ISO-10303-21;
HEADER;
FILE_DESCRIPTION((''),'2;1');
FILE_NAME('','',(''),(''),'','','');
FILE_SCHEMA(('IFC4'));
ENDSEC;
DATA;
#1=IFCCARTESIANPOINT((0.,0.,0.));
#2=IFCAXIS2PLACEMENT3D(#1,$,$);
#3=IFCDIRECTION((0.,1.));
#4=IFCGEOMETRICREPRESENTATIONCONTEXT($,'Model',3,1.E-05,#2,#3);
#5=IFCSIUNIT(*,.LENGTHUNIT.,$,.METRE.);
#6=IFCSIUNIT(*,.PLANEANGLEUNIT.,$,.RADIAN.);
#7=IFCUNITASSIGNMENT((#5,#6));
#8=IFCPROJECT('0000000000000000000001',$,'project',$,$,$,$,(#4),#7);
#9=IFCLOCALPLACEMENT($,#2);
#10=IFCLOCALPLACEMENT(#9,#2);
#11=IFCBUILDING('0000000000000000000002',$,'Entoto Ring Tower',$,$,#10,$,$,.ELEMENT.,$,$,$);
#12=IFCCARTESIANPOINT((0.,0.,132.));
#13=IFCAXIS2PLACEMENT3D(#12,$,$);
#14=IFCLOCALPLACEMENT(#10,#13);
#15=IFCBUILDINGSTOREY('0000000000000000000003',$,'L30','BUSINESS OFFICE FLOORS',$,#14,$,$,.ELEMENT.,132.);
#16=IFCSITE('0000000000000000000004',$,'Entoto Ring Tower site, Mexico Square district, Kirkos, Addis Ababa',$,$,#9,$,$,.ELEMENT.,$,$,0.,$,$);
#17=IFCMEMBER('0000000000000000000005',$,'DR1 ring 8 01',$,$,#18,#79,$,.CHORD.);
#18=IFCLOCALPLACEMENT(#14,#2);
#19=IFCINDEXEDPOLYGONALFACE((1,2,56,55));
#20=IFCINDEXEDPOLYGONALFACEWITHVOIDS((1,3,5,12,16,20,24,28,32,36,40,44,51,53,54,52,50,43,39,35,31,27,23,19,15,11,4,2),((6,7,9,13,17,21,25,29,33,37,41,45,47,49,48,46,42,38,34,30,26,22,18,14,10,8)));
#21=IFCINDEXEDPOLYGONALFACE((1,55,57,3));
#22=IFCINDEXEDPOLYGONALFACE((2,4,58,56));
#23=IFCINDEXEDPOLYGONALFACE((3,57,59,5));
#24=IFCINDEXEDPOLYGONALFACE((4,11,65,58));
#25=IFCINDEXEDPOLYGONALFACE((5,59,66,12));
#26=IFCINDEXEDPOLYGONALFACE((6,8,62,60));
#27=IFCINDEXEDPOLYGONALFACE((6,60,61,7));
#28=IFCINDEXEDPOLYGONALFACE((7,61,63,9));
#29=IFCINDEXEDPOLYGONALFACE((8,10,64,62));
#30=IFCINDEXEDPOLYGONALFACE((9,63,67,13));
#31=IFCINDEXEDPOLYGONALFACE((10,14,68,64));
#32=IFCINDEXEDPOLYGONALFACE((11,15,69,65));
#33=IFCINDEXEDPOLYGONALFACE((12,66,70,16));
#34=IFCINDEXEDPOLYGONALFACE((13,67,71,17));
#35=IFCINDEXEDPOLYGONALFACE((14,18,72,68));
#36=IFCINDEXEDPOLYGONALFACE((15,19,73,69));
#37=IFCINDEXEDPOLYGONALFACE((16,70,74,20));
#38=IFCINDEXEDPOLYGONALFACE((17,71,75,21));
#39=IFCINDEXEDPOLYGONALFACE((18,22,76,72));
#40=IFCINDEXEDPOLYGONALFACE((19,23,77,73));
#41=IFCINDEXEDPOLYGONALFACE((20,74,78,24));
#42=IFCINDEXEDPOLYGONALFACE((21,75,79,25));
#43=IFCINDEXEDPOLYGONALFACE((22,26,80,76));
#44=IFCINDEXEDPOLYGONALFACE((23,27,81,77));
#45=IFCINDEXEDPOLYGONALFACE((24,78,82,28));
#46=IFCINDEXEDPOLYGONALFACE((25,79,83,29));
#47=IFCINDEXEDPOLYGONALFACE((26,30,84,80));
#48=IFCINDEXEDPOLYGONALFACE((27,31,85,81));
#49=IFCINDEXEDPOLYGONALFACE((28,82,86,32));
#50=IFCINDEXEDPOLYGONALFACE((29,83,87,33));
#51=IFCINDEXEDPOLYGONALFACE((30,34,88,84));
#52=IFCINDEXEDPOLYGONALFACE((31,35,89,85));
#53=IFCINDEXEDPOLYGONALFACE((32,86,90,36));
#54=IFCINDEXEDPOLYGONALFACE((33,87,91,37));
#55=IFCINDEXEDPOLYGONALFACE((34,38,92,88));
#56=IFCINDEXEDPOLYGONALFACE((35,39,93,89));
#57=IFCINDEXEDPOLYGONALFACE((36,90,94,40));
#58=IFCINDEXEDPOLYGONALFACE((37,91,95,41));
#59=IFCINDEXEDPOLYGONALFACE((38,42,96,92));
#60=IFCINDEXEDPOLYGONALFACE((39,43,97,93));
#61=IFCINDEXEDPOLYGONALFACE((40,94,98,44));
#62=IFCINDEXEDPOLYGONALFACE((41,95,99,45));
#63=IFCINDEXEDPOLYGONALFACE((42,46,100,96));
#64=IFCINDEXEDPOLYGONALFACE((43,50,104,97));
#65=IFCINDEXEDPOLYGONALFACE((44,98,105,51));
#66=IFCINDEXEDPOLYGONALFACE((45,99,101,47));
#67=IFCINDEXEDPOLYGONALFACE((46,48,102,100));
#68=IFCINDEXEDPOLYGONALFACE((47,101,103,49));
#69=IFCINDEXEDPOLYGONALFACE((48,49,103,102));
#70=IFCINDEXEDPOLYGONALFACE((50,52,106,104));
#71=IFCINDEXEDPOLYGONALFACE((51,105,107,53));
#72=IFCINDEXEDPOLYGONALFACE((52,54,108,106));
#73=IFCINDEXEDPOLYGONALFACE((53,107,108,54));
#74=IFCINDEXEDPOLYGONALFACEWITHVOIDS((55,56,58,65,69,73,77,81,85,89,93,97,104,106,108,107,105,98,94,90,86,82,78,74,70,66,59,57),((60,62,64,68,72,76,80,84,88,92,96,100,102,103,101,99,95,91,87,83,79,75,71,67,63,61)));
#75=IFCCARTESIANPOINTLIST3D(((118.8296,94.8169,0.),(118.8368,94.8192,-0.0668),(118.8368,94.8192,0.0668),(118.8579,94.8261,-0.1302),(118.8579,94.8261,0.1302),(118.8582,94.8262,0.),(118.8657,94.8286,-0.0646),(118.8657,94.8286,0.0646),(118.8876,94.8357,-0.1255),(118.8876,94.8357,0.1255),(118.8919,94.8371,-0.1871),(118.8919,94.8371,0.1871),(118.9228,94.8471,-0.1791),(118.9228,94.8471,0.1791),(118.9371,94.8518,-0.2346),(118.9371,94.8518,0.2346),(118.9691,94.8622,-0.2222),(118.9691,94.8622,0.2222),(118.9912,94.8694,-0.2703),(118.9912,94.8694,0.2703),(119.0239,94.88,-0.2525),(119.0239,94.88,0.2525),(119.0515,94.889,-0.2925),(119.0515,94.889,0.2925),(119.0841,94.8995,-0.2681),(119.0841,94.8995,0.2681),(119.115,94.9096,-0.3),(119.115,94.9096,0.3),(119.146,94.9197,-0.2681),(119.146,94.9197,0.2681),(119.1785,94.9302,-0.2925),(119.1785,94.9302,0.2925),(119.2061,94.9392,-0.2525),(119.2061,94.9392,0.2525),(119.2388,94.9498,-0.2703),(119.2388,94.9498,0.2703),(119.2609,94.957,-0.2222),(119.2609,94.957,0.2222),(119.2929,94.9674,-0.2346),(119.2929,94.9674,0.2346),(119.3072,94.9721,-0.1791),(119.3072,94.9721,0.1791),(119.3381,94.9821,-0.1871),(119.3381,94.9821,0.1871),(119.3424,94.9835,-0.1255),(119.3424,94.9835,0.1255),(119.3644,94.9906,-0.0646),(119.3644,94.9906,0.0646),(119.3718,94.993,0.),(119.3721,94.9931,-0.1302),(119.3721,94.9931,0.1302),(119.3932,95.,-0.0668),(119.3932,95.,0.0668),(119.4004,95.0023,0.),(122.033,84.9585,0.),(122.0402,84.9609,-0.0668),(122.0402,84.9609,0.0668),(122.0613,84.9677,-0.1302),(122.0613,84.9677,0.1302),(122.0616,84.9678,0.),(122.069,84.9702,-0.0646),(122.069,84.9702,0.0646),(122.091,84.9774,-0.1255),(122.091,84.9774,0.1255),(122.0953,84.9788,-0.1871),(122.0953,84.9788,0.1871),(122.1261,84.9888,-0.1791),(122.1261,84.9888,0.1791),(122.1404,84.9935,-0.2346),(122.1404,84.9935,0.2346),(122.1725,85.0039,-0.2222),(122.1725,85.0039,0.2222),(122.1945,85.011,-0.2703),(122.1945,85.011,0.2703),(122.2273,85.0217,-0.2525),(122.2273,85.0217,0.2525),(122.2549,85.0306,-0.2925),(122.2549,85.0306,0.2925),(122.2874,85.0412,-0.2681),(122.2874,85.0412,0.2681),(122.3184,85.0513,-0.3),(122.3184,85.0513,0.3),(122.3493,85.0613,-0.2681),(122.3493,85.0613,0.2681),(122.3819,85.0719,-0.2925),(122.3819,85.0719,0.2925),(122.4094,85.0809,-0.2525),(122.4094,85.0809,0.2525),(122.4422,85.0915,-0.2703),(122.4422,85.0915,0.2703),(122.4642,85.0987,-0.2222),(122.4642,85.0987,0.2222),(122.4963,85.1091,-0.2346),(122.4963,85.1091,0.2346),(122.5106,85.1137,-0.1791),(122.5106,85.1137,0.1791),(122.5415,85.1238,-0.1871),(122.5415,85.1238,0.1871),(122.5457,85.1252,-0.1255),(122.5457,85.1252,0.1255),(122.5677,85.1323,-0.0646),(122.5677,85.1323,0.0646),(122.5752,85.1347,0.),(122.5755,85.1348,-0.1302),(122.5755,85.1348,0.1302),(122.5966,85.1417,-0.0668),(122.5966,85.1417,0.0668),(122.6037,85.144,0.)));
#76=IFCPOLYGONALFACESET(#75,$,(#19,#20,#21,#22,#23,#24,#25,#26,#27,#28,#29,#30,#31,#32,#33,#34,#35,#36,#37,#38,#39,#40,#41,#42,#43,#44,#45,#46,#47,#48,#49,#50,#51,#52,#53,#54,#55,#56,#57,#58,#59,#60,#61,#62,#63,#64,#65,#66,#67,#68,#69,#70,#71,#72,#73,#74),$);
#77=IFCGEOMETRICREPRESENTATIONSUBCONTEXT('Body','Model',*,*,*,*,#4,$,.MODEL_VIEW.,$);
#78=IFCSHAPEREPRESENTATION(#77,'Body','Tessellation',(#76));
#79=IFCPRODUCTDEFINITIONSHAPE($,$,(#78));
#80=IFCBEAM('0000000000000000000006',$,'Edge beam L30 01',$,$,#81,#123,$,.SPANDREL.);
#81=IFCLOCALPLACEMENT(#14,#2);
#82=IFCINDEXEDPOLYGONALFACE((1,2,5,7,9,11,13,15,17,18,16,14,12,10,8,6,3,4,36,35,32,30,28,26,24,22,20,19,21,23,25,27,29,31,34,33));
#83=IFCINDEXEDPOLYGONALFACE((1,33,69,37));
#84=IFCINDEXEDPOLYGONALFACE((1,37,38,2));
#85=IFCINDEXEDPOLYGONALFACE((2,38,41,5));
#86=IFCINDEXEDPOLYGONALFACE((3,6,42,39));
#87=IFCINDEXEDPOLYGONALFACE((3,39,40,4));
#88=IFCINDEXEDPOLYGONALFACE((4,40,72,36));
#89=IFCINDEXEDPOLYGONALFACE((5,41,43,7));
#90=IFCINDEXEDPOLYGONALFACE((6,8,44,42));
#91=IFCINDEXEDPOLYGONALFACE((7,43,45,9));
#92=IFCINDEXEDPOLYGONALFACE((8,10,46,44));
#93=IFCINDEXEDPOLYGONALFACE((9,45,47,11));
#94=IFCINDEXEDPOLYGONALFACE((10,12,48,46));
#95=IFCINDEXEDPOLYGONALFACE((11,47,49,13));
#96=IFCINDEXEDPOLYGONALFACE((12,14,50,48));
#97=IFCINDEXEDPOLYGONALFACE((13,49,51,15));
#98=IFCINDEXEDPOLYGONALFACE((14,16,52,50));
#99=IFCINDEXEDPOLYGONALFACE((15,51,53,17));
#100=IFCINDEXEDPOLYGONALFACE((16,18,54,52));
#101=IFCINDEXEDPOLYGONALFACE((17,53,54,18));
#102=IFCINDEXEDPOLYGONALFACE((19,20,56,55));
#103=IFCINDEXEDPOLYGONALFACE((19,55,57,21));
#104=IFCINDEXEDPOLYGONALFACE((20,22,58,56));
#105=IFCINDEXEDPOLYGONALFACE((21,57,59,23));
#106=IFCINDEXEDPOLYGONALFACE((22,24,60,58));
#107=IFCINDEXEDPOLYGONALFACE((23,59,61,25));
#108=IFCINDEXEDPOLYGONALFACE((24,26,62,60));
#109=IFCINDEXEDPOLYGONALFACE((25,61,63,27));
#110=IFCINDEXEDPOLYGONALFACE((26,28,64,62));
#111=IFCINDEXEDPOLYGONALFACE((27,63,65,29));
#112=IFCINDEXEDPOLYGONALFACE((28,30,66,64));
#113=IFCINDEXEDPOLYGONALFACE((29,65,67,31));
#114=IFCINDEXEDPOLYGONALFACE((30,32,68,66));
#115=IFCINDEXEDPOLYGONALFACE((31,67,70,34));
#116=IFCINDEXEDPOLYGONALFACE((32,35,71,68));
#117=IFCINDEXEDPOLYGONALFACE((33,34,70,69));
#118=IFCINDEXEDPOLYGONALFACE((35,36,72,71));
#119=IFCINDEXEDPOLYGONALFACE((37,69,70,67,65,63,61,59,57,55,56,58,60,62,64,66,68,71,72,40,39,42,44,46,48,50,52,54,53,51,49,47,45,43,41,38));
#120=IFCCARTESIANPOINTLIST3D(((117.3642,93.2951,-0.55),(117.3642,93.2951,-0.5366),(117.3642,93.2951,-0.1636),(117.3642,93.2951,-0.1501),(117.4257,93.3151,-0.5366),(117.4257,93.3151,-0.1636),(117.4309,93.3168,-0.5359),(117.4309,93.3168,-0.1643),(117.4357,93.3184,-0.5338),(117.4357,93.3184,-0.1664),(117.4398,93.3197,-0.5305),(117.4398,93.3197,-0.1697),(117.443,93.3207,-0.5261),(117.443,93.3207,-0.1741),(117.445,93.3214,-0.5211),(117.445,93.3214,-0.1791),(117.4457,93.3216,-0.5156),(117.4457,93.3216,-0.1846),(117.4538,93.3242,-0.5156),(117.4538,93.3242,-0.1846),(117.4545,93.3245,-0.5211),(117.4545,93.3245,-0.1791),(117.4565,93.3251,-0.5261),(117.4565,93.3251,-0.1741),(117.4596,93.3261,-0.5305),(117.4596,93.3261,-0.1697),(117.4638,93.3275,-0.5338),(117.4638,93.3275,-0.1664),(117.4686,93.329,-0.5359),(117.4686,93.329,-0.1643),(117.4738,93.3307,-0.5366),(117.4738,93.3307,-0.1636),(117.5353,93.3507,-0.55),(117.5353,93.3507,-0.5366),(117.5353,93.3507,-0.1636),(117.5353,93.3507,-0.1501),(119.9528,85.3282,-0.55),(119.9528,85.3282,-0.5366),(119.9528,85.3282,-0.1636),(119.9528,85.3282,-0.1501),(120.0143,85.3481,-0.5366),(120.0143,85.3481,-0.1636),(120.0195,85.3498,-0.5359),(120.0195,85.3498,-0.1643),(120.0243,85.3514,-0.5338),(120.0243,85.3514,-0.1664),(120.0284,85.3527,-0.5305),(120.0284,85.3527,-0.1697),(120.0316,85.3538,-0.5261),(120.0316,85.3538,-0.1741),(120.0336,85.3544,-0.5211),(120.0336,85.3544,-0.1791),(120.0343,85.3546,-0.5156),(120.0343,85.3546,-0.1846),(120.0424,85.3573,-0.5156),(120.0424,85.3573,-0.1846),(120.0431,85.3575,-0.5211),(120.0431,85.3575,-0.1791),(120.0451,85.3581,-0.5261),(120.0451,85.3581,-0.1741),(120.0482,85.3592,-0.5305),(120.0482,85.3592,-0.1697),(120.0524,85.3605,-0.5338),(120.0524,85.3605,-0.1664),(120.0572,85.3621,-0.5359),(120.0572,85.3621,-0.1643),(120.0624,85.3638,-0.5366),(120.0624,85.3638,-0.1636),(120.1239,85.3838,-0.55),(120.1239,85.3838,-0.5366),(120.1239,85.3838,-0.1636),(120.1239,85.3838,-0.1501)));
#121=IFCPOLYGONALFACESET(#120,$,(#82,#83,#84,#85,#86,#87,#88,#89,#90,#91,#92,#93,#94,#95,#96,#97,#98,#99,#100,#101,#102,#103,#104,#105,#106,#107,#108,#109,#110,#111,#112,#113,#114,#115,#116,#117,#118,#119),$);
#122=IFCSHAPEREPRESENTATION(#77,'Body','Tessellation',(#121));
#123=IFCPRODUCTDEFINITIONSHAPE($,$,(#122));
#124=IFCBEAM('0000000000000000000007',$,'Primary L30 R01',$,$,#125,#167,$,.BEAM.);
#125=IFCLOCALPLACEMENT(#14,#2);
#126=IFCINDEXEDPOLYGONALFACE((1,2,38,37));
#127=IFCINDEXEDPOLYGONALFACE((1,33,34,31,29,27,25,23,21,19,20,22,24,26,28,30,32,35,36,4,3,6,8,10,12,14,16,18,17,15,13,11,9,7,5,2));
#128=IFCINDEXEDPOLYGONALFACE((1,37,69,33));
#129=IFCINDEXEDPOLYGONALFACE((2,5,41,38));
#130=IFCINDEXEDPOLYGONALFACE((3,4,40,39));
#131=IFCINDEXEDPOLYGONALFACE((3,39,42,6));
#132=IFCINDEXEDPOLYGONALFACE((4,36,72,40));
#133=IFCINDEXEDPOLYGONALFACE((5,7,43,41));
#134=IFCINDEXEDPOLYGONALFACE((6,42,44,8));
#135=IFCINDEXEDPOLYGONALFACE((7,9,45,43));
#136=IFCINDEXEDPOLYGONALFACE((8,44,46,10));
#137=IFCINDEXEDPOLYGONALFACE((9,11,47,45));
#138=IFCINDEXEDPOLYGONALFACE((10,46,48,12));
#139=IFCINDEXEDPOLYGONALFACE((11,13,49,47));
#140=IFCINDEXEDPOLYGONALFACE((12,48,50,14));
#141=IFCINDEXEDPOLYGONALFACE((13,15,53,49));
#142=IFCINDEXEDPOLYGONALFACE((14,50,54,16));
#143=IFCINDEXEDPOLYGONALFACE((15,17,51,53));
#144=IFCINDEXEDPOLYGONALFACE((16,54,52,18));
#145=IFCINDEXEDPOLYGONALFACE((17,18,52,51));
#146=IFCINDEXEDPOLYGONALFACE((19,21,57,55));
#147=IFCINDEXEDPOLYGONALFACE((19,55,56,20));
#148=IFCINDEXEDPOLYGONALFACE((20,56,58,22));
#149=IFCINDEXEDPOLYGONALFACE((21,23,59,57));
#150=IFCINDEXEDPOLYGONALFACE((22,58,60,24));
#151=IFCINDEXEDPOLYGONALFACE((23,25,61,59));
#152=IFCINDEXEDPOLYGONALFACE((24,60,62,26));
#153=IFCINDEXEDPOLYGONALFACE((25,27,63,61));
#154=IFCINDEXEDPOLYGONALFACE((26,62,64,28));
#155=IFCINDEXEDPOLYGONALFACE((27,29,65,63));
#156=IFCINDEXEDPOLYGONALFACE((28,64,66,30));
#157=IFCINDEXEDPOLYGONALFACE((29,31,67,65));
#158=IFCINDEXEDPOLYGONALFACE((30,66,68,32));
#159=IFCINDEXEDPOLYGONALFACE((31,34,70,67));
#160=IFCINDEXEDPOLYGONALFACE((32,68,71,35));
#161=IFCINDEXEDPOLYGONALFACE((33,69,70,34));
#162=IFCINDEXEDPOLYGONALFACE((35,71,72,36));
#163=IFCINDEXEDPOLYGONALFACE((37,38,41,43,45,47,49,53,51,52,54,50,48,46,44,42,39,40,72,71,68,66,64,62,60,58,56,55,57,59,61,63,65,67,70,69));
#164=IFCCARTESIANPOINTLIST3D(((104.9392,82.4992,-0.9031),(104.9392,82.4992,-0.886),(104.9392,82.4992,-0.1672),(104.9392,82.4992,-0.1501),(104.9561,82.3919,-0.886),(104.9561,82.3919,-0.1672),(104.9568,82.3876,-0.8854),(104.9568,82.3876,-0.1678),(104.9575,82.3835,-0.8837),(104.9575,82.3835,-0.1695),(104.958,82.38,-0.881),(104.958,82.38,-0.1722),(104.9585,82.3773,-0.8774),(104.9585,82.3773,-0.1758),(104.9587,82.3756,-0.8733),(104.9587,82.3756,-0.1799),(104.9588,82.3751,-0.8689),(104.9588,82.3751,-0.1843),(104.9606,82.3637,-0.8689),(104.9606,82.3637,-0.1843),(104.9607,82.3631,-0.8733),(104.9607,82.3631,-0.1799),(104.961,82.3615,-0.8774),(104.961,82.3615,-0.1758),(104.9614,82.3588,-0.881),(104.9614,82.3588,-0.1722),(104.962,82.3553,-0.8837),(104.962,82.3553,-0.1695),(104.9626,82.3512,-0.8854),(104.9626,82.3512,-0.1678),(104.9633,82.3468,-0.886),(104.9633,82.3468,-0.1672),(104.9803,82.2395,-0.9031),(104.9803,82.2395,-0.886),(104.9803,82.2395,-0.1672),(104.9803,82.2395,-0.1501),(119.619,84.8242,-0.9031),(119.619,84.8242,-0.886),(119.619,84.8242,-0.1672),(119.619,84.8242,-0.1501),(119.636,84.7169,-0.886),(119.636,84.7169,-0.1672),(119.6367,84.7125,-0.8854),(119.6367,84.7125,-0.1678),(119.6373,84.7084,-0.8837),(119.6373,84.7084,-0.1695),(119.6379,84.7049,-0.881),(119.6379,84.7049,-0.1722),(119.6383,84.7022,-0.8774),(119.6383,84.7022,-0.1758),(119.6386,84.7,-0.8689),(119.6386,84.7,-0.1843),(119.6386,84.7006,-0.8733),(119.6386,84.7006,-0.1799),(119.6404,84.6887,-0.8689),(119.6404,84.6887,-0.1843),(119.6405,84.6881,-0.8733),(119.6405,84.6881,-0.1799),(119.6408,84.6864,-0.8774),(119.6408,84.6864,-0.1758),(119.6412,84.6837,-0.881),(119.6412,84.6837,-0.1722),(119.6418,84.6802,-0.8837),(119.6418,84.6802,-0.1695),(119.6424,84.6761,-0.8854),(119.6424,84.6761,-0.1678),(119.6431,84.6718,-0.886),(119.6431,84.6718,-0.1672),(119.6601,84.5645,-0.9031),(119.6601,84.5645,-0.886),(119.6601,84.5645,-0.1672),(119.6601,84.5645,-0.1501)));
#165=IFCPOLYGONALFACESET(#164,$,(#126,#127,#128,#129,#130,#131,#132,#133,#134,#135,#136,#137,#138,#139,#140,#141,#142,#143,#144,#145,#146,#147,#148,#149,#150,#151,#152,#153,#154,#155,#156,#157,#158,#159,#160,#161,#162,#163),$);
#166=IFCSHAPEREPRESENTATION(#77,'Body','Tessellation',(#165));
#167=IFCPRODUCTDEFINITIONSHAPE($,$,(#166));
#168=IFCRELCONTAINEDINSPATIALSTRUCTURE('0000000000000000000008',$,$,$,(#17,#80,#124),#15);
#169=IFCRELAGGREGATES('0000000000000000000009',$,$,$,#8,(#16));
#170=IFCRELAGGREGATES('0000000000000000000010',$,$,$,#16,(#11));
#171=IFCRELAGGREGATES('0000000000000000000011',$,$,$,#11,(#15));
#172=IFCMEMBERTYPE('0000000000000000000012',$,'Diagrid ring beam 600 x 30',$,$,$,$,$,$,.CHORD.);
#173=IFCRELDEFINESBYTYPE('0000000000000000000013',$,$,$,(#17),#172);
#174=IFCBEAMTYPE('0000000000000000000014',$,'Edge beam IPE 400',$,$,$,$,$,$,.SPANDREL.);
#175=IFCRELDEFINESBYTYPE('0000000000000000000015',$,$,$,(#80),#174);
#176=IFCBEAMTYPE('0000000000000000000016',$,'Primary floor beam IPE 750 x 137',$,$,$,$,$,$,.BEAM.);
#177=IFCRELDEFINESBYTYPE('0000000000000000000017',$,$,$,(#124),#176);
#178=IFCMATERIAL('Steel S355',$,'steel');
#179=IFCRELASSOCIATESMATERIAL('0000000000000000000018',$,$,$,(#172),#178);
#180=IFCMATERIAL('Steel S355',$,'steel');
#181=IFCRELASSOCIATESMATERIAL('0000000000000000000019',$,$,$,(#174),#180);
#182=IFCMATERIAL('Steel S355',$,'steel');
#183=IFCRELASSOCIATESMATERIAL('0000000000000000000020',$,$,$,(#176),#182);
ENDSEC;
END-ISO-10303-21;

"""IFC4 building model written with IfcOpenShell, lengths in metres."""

from ifc_helpers import new_model, si_unit, direction, frame, origin, origin_2d, place, context, subcontext, project, spatial, circle, hollow_circle, i_section, extrude, material, material_profile, profile_set, type_object, element, save


model = new_model("IFC4")

# Units and contexts
model_context = context("Model", 3, precision=1e-05, world=origin(), true_north=direction((0.0, 1.0)))
body_context = subcontext(model_context, "Body", "Model", "MODEL_VIEW")
ifc_project = project(units=[si_unit("LENGTHUNIT", "METRE"), si_unit("PLANEANGLEUNIT", "RADIAN")], contexts=[model_context])

# Site, building, storey
site_placement = place(None, origin())
site = spatial("IfcSite", under=ifc_project, at=site_placement, Name="Entoto Ring Tower site, Mexico Square district, Kirkos, Addis Ababa", CompositionType="ELEMENT", RefElevation=0.0)
building_placement = place(site_placement, origin())
building = spatial("IfcBuilding", under=site, at=building_placement, Name="Entoto Ring Tower", CompositionType="ELEMENT")
storey_placement = place(building_placement, frame((0.0, 0.0, 132.0)))
storey = spatial("IfcBuildingStorey", under=building, at=storey_placement, Name="L30", Description="BUSINESS OFFICE FLOORS", CompositionType="ELEMENT", Elevation=132.0)

# Member
ifc_material_1 = material(Name="Steel S355", Category="steel")
ifc_material_profile_1 = material_profile(ifc_material_1, hollow_circle(Radius=0.3, WallThickness=0.03, at=origin_2d()), Name="CHS 600 x 30")
ifc_material_2 = material(Name="Concrete C60/75", Category="concrete")
ifc_material_profile_2 = material_profile(ifc_material_2, circle(Radius=0.27, at=origin_2d()), Name="Concrete C60/75 infill")
ifc_profile_set_1 = profile_set([ifc_material_profile_1, ifc_material_profile_2], Name="Steel S355")
member_type_1 = type_object("IfcMemberType", Name="Diagrid ring beam 600 x 30", PredefinedType="CHORD", material=ifc_profile_set_1)
member_1_placement = place(storey_placement, frame((122.3184, 85.0513, 0.0), z_axis=(-0.309033, 0.951051, 0.0), x_axis=(-0.951051, -0.309033, 0.0)))
element("IfcMember", 1, at=member_1_placement, inside=storey, type_object=member_type_1, Name="DR1 ring 8 01", PredefinedType="CHORD", context=body_context, shape_type="SweptSolid", body=[
    extrude(hollow_circle(Radius=0.3, WallThickness=0.03, at=origin_2d()), origin(), (0.0, 0.0, 1.0), 10.3657),
])

# Beams
ifc_material_3 = material(Name="Steel S355", Category="steel")
ifc_material_profile_3 = material_profile(ifc_material_3, i_section(OverallWidth=0.1799, OverallDepth=0.3999, WebThickness=0.0085, FlangeThickness=0.0134, FilletRadius=0.021, at=origin_2d()), Name="IPE 400")
ifc_profile_set_2 = profile_set([ifc_material_profile_3], Name="Steel S355")
beam_type_1 = type_object("IfcBeamType", Name="Edge beam IPE 400", PredefinedType="SPANDREL", material=ifc_profile_set_2)
beam_1_placement = place(storey_placement, frame((120.0383, 85.356, -0.3501), z_axis=(-0.309014, 0.951057, 0.0), x_axis=(-0.951057, -0.309014, 0.0)))
element("IfcBeam", 2, at=beam_1_placement, inside=storey, type_object=beam_type_1, Name="Edge beam L30 01", PredefinedType="SPANDREL", context=body_context, shape_type="SweptSolid", body=[
    extrude(i_section(OverallWidth=0.1799, OverallDepth=0.3999, WebThickness=0.0085, FlangeThickness=0.0134, FilletRadius=0.021, at=origin_2d()), origin(), (0.0, 0.0, 1.0), 8.377),
])
ifc_material_4 = material(Name="Steel S355", Category="steel")
ifc_material_profile_4 = material_profile(ifc_material_4, i_section(OverallWidth=0.2629, OverallDepth=0.7529, WebThickness=0.0115, FlangeThickness=0.0171, FilletRadius=0.0171, at=origin_2d()), Name="IPE 750 x 137")
ifc_profile_set_3 = profile_set([ifc_material_profile_4], Name="Steel S355")
beam_type_2 = type_object("IfcBeamType", Name="Primary floor beam IPE 750 x 137", PredefinedType="BEAM", material=ifc_profile_set_3)
beam_2_placement = place(storey_placement, frame((104.9597, 82.3694, -0.5266), z_axis=(0.98769, 0.156426, 0.0), x_axis=(-0.156426, 0.98769, 0.0)))
element("IfcBeam", 3, at=beam_2_placement, inside=storey, type_object=beam_type_2, Name="Primary L30 R01", PredefinedType="BEAM", context=body_context, shape_type="SweptSolid", body=[
    extrude(i_section(OverallWidth=0.2629, OverallDepth=0.7529, WebThickness=0.0115, FlangeThickness=0.0171, FilletRadius=0.0171, at=origin_2d()), origin(), (0.0, 0.0, 1.0), 14.8628),
])

save(model, "model.ifc")
